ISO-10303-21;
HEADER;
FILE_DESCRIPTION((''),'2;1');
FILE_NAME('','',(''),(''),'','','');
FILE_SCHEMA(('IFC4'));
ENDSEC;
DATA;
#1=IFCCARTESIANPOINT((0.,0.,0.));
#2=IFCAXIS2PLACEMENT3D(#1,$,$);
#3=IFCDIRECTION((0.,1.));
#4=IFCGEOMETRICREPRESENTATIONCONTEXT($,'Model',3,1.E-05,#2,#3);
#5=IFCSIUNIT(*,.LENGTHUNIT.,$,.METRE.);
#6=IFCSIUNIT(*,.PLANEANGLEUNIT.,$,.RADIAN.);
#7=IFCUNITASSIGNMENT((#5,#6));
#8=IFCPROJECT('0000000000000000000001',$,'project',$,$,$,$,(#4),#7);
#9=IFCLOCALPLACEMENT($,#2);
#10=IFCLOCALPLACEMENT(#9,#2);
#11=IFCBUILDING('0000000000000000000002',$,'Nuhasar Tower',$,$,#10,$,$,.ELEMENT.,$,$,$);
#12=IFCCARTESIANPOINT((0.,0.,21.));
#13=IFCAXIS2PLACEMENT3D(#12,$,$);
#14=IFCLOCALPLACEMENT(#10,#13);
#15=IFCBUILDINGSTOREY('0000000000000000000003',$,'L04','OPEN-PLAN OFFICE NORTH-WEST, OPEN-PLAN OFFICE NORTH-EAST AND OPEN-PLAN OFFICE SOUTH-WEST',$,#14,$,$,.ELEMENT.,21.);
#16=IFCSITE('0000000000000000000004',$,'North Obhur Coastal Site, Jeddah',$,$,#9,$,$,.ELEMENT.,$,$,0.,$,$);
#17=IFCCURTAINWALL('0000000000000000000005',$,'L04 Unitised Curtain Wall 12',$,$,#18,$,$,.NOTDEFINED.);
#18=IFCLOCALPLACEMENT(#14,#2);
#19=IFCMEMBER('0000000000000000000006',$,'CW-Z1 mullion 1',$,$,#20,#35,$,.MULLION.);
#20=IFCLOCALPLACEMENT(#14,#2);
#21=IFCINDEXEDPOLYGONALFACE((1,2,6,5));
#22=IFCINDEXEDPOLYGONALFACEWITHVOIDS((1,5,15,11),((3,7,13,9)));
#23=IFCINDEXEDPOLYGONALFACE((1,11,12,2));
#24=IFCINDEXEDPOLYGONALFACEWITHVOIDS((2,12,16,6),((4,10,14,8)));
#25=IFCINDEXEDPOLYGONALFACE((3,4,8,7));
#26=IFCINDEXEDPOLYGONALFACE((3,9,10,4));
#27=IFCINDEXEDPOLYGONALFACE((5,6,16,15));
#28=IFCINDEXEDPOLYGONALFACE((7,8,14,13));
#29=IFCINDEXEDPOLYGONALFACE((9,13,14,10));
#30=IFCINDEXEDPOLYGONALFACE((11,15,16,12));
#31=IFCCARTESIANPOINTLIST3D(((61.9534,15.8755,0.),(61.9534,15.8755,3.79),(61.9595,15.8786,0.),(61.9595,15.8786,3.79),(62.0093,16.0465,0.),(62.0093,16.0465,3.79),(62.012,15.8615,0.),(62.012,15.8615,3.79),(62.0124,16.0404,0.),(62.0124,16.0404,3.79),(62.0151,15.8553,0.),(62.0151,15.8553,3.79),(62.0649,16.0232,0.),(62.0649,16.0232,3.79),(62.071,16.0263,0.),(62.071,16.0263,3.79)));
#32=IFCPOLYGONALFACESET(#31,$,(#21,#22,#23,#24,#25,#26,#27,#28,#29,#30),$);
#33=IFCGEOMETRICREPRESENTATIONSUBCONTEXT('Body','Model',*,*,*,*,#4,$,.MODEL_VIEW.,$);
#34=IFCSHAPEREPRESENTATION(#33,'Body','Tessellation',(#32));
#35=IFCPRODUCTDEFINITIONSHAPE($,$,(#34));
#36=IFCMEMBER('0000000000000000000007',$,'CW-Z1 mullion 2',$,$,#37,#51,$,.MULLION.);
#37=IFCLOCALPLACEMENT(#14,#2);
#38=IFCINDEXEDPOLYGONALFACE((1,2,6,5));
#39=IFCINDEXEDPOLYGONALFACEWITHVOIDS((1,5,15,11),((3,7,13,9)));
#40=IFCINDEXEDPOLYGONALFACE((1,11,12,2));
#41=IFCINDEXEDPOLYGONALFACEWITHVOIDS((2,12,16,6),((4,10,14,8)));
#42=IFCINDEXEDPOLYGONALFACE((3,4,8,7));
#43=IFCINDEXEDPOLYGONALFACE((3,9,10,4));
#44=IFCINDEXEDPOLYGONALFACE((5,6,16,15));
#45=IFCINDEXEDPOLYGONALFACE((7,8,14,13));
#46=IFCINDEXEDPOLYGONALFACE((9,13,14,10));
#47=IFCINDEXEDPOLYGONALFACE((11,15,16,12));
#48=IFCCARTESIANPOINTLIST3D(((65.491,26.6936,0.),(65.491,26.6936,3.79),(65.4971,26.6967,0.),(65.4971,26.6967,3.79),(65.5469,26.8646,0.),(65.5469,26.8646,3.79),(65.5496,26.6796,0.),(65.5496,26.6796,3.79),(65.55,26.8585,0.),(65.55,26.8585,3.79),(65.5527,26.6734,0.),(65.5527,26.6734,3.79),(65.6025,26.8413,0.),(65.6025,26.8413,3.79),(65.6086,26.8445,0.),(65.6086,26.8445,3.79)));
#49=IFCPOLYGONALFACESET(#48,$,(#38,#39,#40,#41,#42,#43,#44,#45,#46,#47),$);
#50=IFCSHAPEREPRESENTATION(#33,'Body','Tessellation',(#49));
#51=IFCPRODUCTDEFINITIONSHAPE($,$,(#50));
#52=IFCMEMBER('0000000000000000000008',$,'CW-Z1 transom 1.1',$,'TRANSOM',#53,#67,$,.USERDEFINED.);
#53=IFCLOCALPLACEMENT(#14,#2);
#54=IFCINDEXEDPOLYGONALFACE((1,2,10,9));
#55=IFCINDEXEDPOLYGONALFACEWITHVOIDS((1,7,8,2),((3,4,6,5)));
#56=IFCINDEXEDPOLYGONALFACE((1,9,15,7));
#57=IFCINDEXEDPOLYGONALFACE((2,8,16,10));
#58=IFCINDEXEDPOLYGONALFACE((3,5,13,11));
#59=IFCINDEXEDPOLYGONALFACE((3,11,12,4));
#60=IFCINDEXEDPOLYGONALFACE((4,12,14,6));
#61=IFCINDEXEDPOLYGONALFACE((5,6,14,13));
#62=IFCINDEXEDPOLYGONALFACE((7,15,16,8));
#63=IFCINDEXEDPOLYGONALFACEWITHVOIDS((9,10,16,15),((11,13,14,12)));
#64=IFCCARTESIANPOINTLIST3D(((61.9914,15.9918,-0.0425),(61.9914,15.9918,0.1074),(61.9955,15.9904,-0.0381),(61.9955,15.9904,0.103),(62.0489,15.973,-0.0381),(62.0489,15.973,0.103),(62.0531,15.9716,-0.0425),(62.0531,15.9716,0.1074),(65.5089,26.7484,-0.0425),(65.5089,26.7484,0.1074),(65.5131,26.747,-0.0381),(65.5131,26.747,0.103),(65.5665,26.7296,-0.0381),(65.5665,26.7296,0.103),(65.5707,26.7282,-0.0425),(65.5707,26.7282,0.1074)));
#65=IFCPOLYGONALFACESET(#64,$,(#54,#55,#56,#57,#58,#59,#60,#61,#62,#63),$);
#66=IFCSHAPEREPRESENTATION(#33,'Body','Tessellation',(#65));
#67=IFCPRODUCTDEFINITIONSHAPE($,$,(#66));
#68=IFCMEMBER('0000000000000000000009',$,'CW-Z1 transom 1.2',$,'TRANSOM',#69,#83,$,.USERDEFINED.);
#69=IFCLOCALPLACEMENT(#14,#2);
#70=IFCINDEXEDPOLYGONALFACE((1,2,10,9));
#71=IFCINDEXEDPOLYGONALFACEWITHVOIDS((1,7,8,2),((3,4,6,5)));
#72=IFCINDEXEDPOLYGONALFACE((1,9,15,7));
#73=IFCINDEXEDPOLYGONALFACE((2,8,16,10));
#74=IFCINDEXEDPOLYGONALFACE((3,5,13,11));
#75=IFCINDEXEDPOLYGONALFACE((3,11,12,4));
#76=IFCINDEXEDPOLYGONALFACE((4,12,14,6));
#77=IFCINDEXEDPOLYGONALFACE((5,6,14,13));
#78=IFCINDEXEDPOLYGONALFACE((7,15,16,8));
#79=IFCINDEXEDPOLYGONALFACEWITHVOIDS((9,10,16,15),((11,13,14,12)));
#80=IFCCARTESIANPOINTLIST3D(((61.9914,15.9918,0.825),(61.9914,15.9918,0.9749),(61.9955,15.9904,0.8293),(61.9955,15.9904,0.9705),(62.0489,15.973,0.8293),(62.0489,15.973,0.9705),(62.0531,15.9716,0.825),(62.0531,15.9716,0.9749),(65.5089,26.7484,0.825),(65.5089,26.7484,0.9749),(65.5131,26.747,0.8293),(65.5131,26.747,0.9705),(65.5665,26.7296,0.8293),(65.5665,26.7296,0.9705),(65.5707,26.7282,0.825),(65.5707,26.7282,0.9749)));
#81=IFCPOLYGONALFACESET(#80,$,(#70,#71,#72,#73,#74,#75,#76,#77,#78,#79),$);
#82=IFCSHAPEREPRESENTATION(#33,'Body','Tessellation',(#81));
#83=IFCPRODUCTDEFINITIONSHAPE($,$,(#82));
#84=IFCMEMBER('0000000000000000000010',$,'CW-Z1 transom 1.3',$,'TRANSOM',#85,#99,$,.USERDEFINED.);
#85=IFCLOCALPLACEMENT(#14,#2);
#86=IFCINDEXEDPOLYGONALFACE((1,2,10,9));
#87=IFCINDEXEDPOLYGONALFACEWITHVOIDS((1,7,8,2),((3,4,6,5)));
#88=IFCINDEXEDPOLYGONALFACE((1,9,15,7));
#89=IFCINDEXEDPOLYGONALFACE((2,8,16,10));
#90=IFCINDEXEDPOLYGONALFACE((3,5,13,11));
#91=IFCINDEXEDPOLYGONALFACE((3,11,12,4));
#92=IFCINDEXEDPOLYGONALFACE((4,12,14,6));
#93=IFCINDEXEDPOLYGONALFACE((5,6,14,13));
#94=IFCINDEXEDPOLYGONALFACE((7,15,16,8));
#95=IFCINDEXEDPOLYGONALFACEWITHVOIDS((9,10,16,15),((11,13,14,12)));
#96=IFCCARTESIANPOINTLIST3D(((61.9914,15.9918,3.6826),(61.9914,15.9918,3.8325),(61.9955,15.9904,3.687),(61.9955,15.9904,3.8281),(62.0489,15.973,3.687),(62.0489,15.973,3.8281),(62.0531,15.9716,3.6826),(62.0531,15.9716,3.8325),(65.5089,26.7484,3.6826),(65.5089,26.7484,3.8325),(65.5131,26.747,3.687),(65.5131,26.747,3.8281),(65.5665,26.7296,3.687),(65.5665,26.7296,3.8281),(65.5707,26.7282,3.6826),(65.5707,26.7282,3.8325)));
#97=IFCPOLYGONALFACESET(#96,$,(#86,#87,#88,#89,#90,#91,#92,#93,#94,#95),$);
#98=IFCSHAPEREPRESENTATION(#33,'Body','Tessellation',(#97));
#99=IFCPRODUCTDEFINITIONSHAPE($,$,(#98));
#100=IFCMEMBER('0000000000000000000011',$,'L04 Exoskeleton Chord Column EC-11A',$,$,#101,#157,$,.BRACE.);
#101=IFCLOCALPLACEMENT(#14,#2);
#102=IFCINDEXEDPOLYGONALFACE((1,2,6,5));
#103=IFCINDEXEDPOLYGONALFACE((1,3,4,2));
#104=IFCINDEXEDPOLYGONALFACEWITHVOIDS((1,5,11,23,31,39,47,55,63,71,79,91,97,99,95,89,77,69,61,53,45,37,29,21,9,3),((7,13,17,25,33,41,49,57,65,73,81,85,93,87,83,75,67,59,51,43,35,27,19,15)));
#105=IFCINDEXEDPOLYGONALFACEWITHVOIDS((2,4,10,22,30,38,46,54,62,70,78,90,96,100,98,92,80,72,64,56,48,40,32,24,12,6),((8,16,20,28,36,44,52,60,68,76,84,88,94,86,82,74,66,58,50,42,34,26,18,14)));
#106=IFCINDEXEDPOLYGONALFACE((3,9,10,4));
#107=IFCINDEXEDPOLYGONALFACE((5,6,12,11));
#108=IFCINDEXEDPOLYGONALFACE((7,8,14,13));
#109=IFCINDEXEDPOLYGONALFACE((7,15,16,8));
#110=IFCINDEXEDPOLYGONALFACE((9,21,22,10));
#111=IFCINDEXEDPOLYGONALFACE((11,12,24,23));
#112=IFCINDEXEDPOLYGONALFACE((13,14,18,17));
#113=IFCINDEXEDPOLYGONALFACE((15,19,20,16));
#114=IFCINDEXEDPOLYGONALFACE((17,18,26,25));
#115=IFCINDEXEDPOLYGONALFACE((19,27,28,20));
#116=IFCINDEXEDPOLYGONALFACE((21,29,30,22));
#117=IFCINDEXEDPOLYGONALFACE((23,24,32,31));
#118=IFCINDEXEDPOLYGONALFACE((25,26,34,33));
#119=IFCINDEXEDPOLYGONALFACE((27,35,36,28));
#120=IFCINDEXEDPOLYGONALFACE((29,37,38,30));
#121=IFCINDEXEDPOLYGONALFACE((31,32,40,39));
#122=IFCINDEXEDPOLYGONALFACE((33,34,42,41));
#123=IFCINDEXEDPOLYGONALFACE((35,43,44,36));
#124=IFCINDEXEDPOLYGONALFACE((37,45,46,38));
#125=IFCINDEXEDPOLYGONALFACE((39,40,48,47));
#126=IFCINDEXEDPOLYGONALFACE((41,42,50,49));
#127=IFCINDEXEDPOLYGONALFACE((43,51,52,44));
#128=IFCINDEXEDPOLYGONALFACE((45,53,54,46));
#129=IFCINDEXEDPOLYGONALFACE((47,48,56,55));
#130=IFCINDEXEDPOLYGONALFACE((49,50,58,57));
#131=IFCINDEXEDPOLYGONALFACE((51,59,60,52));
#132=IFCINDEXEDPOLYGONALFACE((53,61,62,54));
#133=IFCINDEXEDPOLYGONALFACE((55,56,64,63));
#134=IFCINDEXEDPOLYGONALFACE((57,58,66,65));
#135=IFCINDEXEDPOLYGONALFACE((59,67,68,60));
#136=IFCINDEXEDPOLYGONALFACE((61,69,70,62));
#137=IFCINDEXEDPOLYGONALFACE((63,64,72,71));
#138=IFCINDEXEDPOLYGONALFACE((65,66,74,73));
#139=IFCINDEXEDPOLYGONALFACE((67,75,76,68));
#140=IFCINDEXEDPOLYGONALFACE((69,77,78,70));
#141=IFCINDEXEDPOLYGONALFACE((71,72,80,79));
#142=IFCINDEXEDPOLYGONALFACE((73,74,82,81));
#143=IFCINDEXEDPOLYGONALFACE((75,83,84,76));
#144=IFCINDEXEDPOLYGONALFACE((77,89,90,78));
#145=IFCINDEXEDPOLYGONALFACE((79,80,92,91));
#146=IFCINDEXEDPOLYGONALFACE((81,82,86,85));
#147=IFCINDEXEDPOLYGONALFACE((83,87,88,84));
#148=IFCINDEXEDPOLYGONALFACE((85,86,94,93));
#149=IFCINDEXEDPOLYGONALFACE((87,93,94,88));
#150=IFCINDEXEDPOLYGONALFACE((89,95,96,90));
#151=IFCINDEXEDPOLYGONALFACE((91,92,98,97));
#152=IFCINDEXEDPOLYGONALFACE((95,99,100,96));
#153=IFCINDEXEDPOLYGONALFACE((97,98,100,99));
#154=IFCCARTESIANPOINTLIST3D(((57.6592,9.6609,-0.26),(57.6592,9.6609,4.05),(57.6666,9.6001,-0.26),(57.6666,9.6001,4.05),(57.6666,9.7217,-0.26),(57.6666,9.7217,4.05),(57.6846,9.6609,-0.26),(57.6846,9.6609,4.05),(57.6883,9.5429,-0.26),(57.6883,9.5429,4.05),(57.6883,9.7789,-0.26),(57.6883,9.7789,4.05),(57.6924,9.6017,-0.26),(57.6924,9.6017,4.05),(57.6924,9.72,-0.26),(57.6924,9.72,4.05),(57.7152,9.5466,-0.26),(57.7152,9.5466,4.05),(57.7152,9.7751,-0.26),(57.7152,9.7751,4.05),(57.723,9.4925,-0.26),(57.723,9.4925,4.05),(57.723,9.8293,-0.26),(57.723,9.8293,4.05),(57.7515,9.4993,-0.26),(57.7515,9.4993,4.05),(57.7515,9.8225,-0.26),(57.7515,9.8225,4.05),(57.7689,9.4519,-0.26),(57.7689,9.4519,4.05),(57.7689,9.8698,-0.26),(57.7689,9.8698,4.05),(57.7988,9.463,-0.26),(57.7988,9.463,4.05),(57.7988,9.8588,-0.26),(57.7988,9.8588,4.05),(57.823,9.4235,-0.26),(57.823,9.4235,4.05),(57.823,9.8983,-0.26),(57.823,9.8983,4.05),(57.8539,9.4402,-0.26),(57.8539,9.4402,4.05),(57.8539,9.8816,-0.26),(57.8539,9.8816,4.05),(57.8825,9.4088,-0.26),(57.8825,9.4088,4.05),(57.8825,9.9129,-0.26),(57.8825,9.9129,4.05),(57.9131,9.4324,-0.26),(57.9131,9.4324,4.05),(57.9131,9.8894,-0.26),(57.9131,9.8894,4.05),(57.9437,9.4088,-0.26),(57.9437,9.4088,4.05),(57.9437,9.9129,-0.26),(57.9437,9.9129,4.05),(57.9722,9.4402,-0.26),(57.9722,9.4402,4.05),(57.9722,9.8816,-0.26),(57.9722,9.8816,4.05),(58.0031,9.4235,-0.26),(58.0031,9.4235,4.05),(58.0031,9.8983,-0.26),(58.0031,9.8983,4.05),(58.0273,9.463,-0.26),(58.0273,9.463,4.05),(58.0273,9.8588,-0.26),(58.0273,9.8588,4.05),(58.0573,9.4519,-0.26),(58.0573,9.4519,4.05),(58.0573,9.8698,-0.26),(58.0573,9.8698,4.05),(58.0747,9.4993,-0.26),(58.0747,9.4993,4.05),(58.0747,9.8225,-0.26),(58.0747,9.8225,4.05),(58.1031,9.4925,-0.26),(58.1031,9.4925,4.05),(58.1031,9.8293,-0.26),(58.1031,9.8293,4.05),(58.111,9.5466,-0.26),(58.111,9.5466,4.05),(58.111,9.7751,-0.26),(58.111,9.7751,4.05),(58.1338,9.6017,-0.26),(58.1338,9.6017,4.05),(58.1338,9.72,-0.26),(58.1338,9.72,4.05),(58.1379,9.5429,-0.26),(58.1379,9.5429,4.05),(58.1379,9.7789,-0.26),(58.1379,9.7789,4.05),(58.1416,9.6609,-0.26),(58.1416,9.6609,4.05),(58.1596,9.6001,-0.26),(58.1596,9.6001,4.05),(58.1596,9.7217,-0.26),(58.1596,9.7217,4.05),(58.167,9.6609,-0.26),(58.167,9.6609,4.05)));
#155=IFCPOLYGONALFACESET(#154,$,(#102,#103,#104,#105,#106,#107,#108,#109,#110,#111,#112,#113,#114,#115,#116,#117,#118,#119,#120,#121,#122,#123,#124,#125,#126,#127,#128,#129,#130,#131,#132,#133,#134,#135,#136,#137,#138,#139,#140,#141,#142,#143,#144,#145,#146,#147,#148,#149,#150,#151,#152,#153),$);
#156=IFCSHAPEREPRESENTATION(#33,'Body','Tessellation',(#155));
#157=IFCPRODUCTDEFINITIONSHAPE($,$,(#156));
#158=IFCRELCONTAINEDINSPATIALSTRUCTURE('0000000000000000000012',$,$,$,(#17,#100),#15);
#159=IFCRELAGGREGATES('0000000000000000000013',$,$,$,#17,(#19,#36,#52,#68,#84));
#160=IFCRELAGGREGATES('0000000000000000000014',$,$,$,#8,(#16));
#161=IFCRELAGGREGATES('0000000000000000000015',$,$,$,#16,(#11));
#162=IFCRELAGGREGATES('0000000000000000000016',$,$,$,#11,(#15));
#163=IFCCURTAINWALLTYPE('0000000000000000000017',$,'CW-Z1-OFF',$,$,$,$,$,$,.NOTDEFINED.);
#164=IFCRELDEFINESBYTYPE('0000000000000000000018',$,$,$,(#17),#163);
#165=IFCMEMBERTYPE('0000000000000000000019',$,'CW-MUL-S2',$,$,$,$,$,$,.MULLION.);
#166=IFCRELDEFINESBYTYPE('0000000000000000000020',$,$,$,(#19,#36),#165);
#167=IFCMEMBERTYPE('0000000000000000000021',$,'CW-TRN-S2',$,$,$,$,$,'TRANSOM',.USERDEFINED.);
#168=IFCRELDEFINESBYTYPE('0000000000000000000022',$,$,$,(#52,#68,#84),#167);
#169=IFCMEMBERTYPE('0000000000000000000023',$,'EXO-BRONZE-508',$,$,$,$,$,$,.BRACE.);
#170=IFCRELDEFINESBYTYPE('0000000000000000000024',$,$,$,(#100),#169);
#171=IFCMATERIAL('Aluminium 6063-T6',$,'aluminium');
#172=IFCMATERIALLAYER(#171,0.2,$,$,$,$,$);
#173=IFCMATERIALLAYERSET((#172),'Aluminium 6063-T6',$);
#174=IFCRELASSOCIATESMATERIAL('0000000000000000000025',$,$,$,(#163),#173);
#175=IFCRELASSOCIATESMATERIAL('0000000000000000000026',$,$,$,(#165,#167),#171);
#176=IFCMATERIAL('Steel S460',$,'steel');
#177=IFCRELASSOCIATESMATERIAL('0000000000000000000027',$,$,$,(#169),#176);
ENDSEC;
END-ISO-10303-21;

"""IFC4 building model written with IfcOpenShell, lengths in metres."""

from ifc_helpers import new_model, si_unit, direction, frame, origin, origin_2d, place, context, subcontext, project, spatial, hollow_rectangle, hollow_circle, extrude, material, layer, layer_set, material_profile, profile_set, type_object, element, aggregate, save


model = new_model("IFC4")

# Units and contexts
model_context = context("Model", 3, precision=1e-05, world=origin(), true_north=direction((0.0, 1.0)))
body_context = subcontext(model_context, "Body", "Model", "MODEL_VIEW")
ifc_project = project(units=[si_unit("LENGTHUNIT", "METRE"), si_unit("PLANEANGLEUNIT", "RADIAN")], contexts=[model_context])

# Site, building, storey
site_placement = place(None, origin())
site = spatial("IfcSite", under=ifc_project, at=site_placement, Name="North Obhur Coastal Site, Jeddah", CompositionType="ELEMENT", RefElevation=0.0)
building_placement = place(site_placement, origin())
building = spatial("IfcBuilding", under=site, at=building_placement, Name="Nuhasar Tower", CompositionType="ELEMENT")
storey_placement = place(building_placement, frame((0.0, 0.0, 21.0)))
storey = spatial("IfcBuildingStorey", under=building, at=storey_placement, Name="L04", Description="OPEN-PLAN OFFICE NORTH-WEST, OPEN-PLAN OFFICE NORTH-EAST AND OPEN-PLAN OFFICE SOUTH-WEST", CompositionType="ELEMENT", Elevation=21.0)

# Shared definitions
ifc_material_1 = material(Name="Steel S460", Category="steel")

# Shared definitions
ifc_material_2 = material(Name="Aluminium 6063-T6", Category="aluminium")
ifc_layer_1 = layer(ifc_material_2, 0.2)
ifc_layer_set_1 = layer_set([ifc_layer_1], Name="Aluminium 6063-T6")
curtain_wall_type = type_object("IfcCurtainWallType", Name="CW-Z1-OFF", PredefinedType="NOTDEFINED", material=ifc_layer_set_1)
ifc_material_profile_1 = material_profile(ifc_material_2, hollow_rectangle(XDim=0.0649, YDim=0.1799, WallThickness=0.0049, at=origin_2d()), Name="CWM-2")
ifc_profile_set_1 = profile_set([ifc_material_profile_1], Name="Aluminium 6063-T6")
member_type_1 = type_object("IfcMemberType", Name="CW-MUL-S2", PredefinedType="MULLION", material=ifc_profile_set_1)

# Curtain wall, members
curtain_wall_1_placement = place(storey_placement, origin())
curtain_wall_1 = element("IfcCurtainWall", 1, at=curtain_wall_1_placement, inside=storey, type_object=curtain_wall_type, Name="L04 Unitised Curtain Wall 12", PredefinedType="NOTDEFINED")
member_1_placement = place(storey_placement, frame((62.0122, 15.9509, 0.0), z_axis=(0.0, 0.0, 1.0), x_axis=(-0.950468, 0.310824, 0.0)))
member_1 = element("IfcMember", 2, at=member_1_placement, type_object=member_type_1, Name="CW-Z1 mullion 1", PredefinedType="MULLION", context=body_context, shape_type="SweptSolid", body=[
    extrude(hollow_rectangle(XDim=0.0649, YDim=0.1799, WallThickness=0.0049, at=origin_2d()), origin(), (0.0, 0.0, 1.0), 3.79),
])
member_2_placement = place(storey_placement, frame((65.5498, 26.769, 0.0), z_axis=(0.0, 0.0, 1.0), x_axis=(-0.950468, 0.310824, 0.0)))
member_2 = element("IfcMember", 3, at=member_2_placement, type_object=member_type_1, Name="CW-Z1 mullion 2", PredefinedType="MULLION", context=body_context, shape_type="SweptSolid", body=[
    extrude(hollow_rectangle(XDim=0.0649, YDim=0.1799, WallThickness=0.0049, at=origin_2d()), origin(), (0.0, 0.0, 1.0), 3.79),
])
ifc_material_profile_2 = material_profile(ifc_material_2, hollow_rectangle(XDim=0.0649, YDim=0.1499, WallThickness=0.0044, at=origin_2d()), Name="CWT-2")
ifc_profile_set_2 = profile_set([ifc_material_profile_2], Name="Aluminium 6063-T6")
member_type_2 = type_object("IfcMemberType", Name="CW-TRN-S2", ElementType="TRANSOM", PredefinedType="USERDEFINED", material=ifc_profile_set_2)
member_3_placement = place(storey_placement, frame((62.0222, 15.9817, 0.0325), z_axis=(0.310819, 0.950469, 0.0), x_axis=(-0.950469, 0.310819, 0.0)))
member_3 = element("IfcMember", 4, at=member_3_placement, type_object=member_type_2, Name="CW-Z1 transom 1.1", ObjectType="TRANSOM", PredefinedType="USERDEFINED", context=body_context, shape_type="SweptSolid", body=[
    extrude(hollow_rectangle(XDim=0.0649, YDim=0.1499, WallThickness=0.0044, at=origin_2d()), origin(), (0.0, 0.0, 1.0), 11.3171),
])
member_4_placement = place(storey_placement, frame((62.0222, 15.9817, 0.8999), z_axis=(0.310819, 0.950469, 0.0), x_axis=(-0.950469, 0.310819, 0.0)))
member_4 = element("IfcMember", 5, at=member_4_placement, type_object=member_type_2, Name="CW-Z1 transom 1.2", ObjectType="TRANSOM", PredefinedType="USERDEFINED", context=body_context, shape_type="SweptSolid", body=[
    extrude(hollow_rectangle(XDim=0.0649, YDim=0.1499, WallThickness=0.0044, at=origin_2d()), origin(), (0.0, 0.0, 1.0), 11.3171),
])
member_5_placement = place(storey_placement, frame((62.0222, 15.9817, 3.7576), z_axis=(0.310819, 0.950469, 0.0), x_axis=(-0.950469, 0.310819, 0.0)))
member_5 = element("IfcMember", 6, at=member_5_placement, type_object=member_type_2, Name="CW-Z1 transom 1.3", ObjectType="TRANSOM", PredefinedType="USERDEFINED", context=body_context, shape_type="SweptSolid", body=[
    extrude(hollow_rectangle(XDim=0.0649, YDim=0.1499, WallThickness=0.0044, at=origin_2d()), origin(), (0.0, 0.0, 1.0), 11.3171),
])

# Member
ifc_material_profile_3 = material_profile(ifc_material_1, hollow_circle(Radius=0.2539, WallThickness=0.0254, at=origin_2d()), Name="HSS508X25.4")
ifc_profile_set_3 = profile_set([ifc_material_profile_3], Name="Steel S460")
member_type_3 = type_object("IfcMemberType", Name="EXO-BRONZE-508", PredefinedType="BRACE", material=ifc_profile_set_3)
for number, where, z_axis, x_axis, name in (
    (7, (57.9131, 9.6609, -0.26), (0.0, 0.0, 1.0), (1.0, 0.0, 0.0), "L04 Exoskeleton Chord Column EC-11A"),
):
    element("IfcMember", number, at=place(storey_placement, frame(where, z_axis=z_axis, x_axis=x_axis)), inside=storey, type_object=member_type_3, Name=name, PredefinedType="BRACE", context=body_context, shape_type="SweptSolid", body=[
        extrude(hollow_circle(Radius=0.2539, WallThickness=0.0254, at=origin_2d()), origin(), (0.0, 0.0, 1.0), 4.3101),
    ])

aggregate(curtain_wall_1, [member_1, member_2, member_3, member_4, member_5])

save(model, "model.ifc")
